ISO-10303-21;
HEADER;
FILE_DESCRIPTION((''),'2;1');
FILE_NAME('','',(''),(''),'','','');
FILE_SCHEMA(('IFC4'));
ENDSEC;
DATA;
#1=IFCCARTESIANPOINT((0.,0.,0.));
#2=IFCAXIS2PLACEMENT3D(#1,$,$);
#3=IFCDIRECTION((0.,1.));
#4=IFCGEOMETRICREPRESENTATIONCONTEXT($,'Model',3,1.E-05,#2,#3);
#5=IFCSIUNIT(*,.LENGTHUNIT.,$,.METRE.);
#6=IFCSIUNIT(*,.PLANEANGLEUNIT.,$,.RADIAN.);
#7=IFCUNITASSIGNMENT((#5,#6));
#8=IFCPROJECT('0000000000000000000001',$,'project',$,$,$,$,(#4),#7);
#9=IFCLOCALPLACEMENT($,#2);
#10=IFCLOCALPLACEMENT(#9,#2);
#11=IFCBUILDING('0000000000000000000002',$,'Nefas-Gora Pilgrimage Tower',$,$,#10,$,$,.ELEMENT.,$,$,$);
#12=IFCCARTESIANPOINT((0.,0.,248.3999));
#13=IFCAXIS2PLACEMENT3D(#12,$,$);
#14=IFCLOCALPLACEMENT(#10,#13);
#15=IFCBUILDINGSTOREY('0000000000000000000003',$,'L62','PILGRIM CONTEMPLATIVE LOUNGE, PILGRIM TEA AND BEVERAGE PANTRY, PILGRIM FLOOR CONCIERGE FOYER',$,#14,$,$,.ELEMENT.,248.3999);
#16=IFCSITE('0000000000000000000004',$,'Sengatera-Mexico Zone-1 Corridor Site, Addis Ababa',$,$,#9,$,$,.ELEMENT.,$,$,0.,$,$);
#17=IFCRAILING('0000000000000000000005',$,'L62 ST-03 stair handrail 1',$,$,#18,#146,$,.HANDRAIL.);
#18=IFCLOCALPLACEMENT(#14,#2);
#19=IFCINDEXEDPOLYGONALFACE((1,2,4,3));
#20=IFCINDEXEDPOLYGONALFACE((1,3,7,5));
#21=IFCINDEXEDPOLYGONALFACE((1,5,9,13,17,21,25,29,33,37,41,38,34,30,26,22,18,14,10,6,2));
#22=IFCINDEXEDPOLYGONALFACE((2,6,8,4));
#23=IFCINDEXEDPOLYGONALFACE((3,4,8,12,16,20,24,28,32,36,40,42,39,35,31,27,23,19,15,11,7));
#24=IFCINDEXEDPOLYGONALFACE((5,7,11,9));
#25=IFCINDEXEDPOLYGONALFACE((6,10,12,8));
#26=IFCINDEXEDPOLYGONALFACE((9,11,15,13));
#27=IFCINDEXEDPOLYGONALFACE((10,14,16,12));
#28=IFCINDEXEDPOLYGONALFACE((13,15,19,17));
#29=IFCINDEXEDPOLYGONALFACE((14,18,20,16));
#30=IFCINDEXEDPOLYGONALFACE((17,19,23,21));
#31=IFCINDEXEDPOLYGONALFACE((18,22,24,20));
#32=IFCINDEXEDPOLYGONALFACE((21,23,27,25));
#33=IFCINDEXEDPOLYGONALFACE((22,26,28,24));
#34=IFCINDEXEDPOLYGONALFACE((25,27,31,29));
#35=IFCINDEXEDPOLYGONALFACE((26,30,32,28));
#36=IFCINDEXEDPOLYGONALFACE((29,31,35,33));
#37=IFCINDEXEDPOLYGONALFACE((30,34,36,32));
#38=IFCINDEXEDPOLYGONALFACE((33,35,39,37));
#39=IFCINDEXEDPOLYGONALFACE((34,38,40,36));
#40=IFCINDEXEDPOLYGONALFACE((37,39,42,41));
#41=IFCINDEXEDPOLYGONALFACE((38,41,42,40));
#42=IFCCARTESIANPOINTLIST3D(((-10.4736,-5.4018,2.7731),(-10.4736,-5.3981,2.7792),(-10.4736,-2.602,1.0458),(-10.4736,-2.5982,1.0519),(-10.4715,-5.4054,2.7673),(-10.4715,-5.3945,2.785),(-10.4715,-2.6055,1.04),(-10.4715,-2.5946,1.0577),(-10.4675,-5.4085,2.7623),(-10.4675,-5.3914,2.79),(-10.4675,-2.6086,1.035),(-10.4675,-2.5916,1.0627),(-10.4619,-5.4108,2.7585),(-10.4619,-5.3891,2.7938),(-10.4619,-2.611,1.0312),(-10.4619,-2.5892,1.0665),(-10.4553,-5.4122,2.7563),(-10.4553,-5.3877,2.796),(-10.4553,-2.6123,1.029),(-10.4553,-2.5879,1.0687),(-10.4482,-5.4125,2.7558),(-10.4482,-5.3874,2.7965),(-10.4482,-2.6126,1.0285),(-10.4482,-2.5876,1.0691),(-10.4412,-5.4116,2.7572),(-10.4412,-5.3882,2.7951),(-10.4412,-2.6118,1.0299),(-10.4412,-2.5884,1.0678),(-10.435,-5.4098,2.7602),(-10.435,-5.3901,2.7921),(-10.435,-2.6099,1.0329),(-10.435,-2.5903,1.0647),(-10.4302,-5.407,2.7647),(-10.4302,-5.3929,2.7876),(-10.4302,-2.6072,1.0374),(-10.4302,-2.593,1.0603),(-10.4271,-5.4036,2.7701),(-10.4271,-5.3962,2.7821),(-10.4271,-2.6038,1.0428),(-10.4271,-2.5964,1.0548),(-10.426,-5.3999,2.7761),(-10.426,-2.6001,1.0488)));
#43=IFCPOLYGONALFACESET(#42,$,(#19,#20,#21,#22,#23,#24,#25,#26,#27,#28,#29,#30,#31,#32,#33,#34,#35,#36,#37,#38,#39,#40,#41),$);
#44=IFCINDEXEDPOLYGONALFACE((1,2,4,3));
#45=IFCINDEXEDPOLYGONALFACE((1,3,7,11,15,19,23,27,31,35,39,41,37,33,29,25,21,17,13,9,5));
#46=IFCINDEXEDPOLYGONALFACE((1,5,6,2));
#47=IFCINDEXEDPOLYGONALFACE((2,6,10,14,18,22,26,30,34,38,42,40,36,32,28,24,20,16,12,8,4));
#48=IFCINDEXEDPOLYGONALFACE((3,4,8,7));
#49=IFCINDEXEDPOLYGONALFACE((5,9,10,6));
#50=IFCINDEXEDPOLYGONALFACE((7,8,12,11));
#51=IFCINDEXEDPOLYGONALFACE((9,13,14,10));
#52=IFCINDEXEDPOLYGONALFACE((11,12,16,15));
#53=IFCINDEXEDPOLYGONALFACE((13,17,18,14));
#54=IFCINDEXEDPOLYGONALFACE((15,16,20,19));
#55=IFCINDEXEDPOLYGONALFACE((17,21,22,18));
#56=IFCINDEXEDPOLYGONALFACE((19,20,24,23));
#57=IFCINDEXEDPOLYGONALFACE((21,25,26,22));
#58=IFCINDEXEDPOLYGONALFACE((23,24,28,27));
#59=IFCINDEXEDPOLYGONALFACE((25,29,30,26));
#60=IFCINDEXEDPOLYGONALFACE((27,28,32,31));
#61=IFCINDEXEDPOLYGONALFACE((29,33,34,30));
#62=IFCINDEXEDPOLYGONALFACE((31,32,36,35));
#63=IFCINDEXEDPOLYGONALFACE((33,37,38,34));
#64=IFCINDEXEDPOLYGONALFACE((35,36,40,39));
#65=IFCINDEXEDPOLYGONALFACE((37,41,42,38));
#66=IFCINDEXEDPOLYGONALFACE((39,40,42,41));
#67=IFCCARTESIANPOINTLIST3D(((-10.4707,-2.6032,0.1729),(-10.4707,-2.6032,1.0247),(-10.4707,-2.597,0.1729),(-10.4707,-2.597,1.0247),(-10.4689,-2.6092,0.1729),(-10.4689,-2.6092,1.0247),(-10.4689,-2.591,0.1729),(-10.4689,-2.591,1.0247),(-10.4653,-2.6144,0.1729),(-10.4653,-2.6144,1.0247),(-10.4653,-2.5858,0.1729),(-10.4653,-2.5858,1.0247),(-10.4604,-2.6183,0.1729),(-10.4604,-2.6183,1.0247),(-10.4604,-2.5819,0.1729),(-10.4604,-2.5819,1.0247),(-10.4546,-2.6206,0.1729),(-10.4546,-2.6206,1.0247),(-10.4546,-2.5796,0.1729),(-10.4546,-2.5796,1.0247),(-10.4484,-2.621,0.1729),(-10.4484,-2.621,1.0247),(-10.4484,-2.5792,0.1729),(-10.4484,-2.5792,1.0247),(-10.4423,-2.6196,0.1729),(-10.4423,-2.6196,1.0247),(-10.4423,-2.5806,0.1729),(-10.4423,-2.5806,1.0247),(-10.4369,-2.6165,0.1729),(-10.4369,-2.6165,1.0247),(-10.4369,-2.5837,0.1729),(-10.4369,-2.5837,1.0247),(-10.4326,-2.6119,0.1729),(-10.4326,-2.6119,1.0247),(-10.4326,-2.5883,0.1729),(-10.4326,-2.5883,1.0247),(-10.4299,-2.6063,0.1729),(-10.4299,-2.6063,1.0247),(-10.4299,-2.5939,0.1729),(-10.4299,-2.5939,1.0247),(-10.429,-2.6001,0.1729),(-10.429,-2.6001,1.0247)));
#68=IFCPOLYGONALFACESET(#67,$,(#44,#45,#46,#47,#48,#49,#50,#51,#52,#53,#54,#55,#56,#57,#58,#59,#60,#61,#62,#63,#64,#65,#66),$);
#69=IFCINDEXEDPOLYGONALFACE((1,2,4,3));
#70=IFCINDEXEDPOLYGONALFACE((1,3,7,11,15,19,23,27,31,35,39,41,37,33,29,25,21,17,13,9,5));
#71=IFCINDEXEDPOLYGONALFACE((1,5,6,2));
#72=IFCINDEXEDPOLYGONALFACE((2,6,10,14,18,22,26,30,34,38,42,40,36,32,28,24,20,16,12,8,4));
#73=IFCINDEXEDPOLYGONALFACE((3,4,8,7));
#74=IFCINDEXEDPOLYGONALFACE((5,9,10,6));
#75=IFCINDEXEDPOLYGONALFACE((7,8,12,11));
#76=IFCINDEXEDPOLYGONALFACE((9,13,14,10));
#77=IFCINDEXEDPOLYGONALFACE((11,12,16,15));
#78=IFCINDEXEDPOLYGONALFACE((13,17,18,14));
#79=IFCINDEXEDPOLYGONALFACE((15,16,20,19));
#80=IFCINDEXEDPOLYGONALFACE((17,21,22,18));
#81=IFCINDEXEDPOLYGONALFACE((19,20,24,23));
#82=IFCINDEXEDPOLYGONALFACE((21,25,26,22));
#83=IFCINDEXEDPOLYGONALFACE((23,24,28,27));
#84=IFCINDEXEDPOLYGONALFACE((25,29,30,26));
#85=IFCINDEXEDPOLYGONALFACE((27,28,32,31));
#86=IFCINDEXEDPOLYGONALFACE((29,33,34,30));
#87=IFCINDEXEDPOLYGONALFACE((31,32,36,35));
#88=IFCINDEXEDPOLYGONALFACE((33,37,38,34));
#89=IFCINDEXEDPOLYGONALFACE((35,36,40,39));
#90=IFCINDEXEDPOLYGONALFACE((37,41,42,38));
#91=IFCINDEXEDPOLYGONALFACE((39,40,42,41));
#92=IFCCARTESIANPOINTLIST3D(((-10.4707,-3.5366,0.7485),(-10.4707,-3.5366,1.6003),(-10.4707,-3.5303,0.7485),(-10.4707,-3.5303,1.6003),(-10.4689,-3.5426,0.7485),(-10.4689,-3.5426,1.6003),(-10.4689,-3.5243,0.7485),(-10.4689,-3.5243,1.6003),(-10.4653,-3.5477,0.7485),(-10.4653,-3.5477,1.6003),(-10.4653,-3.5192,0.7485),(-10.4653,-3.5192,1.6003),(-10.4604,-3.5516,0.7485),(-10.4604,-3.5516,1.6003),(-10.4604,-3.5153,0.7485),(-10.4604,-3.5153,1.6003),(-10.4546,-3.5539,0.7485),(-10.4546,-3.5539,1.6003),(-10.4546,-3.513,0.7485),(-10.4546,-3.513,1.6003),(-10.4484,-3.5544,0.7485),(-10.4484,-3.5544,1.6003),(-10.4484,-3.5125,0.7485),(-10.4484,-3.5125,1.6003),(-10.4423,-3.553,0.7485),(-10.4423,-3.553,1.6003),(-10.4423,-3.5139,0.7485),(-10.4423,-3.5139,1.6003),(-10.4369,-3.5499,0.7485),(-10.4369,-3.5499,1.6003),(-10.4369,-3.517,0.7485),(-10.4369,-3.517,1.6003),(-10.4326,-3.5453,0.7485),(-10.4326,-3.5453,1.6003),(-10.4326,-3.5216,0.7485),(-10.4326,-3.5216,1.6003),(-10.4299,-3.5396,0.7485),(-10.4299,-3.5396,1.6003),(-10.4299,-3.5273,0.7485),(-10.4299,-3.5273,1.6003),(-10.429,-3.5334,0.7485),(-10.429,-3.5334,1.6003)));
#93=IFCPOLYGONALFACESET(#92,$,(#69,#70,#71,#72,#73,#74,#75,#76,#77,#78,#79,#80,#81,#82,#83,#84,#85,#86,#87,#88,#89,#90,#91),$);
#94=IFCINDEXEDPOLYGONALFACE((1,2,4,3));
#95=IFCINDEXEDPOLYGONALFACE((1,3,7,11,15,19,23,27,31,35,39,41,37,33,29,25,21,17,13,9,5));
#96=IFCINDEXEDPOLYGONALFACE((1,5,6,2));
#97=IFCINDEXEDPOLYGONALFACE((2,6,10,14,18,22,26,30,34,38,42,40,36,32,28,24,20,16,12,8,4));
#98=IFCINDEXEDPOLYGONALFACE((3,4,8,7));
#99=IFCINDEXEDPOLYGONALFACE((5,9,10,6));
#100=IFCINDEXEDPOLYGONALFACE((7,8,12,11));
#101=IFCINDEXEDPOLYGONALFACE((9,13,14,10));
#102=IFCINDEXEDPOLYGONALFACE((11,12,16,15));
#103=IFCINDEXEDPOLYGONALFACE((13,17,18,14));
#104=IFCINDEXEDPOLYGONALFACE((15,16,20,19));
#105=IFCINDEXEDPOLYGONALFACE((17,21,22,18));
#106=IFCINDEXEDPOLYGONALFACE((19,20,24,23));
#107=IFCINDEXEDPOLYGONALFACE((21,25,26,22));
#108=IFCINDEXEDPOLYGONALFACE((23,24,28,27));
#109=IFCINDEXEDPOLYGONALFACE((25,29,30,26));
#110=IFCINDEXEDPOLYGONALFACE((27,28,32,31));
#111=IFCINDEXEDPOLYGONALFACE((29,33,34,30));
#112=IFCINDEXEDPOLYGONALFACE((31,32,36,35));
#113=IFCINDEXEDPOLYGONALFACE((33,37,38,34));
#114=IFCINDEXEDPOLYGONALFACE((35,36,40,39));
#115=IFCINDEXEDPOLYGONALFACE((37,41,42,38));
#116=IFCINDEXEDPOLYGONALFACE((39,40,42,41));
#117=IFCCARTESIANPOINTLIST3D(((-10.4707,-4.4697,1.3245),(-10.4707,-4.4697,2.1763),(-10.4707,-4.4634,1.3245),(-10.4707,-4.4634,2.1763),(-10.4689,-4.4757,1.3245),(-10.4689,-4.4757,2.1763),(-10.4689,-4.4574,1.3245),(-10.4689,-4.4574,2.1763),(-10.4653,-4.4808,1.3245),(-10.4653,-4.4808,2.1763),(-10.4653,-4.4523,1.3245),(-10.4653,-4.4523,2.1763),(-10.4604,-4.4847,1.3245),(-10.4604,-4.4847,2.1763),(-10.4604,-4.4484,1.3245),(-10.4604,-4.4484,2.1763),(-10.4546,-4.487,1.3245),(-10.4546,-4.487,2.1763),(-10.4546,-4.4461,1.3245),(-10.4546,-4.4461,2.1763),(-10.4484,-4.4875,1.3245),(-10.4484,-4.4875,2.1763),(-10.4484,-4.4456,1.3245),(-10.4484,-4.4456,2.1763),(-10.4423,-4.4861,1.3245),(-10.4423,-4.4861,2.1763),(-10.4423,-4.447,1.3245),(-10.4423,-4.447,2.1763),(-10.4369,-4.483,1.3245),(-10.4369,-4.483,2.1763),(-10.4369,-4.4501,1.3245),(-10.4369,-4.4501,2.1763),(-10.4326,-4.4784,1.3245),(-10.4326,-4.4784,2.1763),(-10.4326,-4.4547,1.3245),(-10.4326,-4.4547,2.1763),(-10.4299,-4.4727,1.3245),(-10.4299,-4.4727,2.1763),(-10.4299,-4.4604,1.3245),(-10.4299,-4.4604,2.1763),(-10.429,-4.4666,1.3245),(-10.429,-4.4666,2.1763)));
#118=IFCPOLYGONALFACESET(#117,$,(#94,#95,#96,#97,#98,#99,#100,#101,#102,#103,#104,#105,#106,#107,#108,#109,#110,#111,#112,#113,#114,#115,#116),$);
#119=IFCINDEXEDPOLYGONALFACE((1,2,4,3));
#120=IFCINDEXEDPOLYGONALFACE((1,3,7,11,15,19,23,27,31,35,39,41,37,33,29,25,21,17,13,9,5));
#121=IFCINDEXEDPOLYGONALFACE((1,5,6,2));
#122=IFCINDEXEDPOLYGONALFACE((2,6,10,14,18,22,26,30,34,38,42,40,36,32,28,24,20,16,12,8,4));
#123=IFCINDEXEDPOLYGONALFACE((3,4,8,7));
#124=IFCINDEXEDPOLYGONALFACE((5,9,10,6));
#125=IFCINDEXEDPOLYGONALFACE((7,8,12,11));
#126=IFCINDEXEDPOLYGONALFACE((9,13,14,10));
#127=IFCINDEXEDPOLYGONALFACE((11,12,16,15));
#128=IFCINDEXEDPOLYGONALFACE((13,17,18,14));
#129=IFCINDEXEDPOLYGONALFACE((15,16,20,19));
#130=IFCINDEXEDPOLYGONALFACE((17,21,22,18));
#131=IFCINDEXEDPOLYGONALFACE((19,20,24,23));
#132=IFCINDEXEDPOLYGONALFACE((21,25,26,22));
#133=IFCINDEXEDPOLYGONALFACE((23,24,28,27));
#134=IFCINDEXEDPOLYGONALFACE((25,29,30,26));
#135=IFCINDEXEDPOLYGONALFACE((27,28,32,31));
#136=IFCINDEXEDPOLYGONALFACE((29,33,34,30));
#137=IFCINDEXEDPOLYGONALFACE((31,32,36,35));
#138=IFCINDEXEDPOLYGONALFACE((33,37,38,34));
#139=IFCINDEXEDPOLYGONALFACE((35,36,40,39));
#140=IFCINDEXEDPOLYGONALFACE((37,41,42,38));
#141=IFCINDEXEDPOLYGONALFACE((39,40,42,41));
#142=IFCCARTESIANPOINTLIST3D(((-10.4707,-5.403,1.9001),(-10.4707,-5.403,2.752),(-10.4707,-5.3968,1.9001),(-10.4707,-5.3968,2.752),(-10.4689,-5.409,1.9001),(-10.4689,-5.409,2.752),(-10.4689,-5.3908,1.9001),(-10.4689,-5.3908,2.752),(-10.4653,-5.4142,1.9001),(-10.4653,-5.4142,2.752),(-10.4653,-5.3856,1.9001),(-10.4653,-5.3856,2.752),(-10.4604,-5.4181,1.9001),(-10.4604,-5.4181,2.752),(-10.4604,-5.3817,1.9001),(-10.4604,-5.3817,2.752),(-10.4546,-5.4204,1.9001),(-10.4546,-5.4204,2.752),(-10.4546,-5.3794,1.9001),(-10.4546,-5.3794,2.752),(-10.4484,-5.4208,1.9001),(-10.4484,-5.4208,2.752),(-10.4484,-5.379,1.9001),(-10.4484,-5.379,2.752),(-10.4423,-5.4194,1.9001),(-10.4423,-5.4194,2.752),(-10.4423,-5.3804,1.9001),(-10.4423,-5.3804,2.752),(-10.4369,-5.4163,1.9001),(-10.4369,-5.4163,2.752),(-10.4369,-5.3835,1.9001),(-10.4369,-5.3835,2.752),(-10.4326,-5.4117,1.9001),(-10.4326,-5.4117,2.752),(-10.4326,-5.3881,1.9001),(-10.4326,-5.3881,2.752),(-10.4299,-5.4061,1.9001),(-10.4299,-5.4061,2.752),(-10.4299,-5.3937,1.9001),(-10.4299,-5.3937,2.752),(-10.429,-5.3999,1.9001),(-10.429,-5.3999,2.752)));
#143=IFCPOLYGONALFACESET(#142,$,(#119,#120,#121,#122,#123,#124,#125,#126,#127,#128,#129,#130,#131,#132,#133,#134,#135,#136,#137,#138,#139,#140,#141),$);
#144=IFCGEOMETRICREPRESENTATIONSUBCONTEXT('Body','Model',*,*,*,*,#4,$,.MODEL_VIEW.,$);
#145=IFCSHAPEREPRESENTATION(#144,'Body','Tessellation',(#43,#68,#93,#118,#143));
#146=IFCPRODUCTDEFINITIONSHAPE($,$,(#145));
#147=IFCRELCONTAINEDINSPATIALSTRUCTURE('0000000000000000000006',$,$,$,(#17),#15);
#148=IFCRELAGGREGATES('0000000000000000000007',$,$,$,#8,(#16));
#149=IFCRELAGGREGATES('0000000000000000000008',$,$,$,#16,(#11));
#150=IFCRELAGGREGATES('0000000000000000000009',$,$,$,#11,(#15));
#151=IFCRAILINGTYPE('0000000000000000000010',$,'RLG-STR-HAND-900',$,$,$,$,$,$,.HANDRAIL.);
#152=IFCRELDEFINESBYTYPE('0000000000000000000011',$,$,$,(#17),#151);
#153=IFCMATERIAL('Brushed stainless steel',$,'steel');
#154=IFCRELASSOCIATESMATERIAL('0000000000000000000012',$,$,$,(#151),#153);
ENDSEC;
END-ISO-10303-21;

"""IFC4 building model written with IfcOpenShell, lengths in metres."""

from ifc_helpers import new_model, si_unit, direction, frame, origin, origin_2d, place, context, subcontext, project, spatial, circle, extrude, material, type_object, element, save


model = new_model("IFC4")

# Units and contexts
model_context = context("Model", 3, precision=1e-05, world=origin(), true_north=direction((0.0, 1.0)))
body_context = subcontext(model_context, "Body", "Model", "MODEL_VIEW")
ifc_project = project(units=[si_unit("LENGTHUNIT", "METRE"), si_unit("PLANEANGLEUNIT", "RADIAN")], contexts=[model_context])

# Site, building, storey
site_placement = place(None, origin())
site = spatial("IfcSite", under=ifc_project, at=site_placement, Name="Sengatera-Mexico Zone-1 Corridor Site, Addis Ababa", CompositionType="ELEMENT", RefElevation=0.0)
building_placement = place(site_placement, origin())
building = spatial("IfcBuilding", under=site, at=building_placement, Name="Nefas-Gora Pilgrimage Tower", CompositionType="ELEMENT")
storey_placement = place(building_placement, frame((0.0, 0.0, 248.3999)))
storey = spatial("IfcBuildingStorey", under=building, at=storey_placement, Name="L62", Description="PILGRIM CONTEMPLATIVE LOUNGE, PILGRIM TEA AND BEVERAGE PANTRY, PILGRIM FLOOR CONCIERGE FOYER", CompositionType="ELEMENT", Elevation=248.3999)

# Railing
ifc_material_1 = material(Name="Brushed stainless steel", Category="steel")
railing_type_1 = type_object("IfcRailingType", Name="RLG-STR-HAND-900", PredefinedType="HANDRAIL", material=ifc_material_1)
railing_1_placement = place(storey_placement, frame((-10.45, -2.6001, 0.1729)))
element("IfcRailing", 1, at=railing_1_placement, inside=storey, type_object=railing_type_1, Name="L62 ST-03 stair handrail 1", PredefinedType="HANDRAIL", context=body_context, shape_type="SweptSolid", body=[
    extrude(circle(Radius=0.0239, at=origin_2d()), frame((0.0, 0.0, 0.876), z_axis=(0.0, -0.851069, 0.525054), x_axis=(1.0, 0.0, 0.0)), (0.0, 0.0, 1.0), 3.2898),
    extrude(circle(Radius=0.021, at=origin_2d()), origin(), (0.0, 0.0, 1.0), 0.8518),
    extrude(circle(Radius=0.021, at=origin_2d()), frame((0.0, -0.9333, 0.5757)), (0.0, 0.0, 1.0), 0.8518),
    extrude(circle(Radius=0.021, at=origin_2d()), frame((0.0, -1.8665, 1.1516)), (0.0, 0.0, 1.0), 0.8518),
    extrude(circle(Radius=0.021, at=origin_2d()), frame((0.0, -2.7998, 1.7273)), (0.0, 0.0, 1.0), 0.8518),
])

save(model, "model.ifc")
